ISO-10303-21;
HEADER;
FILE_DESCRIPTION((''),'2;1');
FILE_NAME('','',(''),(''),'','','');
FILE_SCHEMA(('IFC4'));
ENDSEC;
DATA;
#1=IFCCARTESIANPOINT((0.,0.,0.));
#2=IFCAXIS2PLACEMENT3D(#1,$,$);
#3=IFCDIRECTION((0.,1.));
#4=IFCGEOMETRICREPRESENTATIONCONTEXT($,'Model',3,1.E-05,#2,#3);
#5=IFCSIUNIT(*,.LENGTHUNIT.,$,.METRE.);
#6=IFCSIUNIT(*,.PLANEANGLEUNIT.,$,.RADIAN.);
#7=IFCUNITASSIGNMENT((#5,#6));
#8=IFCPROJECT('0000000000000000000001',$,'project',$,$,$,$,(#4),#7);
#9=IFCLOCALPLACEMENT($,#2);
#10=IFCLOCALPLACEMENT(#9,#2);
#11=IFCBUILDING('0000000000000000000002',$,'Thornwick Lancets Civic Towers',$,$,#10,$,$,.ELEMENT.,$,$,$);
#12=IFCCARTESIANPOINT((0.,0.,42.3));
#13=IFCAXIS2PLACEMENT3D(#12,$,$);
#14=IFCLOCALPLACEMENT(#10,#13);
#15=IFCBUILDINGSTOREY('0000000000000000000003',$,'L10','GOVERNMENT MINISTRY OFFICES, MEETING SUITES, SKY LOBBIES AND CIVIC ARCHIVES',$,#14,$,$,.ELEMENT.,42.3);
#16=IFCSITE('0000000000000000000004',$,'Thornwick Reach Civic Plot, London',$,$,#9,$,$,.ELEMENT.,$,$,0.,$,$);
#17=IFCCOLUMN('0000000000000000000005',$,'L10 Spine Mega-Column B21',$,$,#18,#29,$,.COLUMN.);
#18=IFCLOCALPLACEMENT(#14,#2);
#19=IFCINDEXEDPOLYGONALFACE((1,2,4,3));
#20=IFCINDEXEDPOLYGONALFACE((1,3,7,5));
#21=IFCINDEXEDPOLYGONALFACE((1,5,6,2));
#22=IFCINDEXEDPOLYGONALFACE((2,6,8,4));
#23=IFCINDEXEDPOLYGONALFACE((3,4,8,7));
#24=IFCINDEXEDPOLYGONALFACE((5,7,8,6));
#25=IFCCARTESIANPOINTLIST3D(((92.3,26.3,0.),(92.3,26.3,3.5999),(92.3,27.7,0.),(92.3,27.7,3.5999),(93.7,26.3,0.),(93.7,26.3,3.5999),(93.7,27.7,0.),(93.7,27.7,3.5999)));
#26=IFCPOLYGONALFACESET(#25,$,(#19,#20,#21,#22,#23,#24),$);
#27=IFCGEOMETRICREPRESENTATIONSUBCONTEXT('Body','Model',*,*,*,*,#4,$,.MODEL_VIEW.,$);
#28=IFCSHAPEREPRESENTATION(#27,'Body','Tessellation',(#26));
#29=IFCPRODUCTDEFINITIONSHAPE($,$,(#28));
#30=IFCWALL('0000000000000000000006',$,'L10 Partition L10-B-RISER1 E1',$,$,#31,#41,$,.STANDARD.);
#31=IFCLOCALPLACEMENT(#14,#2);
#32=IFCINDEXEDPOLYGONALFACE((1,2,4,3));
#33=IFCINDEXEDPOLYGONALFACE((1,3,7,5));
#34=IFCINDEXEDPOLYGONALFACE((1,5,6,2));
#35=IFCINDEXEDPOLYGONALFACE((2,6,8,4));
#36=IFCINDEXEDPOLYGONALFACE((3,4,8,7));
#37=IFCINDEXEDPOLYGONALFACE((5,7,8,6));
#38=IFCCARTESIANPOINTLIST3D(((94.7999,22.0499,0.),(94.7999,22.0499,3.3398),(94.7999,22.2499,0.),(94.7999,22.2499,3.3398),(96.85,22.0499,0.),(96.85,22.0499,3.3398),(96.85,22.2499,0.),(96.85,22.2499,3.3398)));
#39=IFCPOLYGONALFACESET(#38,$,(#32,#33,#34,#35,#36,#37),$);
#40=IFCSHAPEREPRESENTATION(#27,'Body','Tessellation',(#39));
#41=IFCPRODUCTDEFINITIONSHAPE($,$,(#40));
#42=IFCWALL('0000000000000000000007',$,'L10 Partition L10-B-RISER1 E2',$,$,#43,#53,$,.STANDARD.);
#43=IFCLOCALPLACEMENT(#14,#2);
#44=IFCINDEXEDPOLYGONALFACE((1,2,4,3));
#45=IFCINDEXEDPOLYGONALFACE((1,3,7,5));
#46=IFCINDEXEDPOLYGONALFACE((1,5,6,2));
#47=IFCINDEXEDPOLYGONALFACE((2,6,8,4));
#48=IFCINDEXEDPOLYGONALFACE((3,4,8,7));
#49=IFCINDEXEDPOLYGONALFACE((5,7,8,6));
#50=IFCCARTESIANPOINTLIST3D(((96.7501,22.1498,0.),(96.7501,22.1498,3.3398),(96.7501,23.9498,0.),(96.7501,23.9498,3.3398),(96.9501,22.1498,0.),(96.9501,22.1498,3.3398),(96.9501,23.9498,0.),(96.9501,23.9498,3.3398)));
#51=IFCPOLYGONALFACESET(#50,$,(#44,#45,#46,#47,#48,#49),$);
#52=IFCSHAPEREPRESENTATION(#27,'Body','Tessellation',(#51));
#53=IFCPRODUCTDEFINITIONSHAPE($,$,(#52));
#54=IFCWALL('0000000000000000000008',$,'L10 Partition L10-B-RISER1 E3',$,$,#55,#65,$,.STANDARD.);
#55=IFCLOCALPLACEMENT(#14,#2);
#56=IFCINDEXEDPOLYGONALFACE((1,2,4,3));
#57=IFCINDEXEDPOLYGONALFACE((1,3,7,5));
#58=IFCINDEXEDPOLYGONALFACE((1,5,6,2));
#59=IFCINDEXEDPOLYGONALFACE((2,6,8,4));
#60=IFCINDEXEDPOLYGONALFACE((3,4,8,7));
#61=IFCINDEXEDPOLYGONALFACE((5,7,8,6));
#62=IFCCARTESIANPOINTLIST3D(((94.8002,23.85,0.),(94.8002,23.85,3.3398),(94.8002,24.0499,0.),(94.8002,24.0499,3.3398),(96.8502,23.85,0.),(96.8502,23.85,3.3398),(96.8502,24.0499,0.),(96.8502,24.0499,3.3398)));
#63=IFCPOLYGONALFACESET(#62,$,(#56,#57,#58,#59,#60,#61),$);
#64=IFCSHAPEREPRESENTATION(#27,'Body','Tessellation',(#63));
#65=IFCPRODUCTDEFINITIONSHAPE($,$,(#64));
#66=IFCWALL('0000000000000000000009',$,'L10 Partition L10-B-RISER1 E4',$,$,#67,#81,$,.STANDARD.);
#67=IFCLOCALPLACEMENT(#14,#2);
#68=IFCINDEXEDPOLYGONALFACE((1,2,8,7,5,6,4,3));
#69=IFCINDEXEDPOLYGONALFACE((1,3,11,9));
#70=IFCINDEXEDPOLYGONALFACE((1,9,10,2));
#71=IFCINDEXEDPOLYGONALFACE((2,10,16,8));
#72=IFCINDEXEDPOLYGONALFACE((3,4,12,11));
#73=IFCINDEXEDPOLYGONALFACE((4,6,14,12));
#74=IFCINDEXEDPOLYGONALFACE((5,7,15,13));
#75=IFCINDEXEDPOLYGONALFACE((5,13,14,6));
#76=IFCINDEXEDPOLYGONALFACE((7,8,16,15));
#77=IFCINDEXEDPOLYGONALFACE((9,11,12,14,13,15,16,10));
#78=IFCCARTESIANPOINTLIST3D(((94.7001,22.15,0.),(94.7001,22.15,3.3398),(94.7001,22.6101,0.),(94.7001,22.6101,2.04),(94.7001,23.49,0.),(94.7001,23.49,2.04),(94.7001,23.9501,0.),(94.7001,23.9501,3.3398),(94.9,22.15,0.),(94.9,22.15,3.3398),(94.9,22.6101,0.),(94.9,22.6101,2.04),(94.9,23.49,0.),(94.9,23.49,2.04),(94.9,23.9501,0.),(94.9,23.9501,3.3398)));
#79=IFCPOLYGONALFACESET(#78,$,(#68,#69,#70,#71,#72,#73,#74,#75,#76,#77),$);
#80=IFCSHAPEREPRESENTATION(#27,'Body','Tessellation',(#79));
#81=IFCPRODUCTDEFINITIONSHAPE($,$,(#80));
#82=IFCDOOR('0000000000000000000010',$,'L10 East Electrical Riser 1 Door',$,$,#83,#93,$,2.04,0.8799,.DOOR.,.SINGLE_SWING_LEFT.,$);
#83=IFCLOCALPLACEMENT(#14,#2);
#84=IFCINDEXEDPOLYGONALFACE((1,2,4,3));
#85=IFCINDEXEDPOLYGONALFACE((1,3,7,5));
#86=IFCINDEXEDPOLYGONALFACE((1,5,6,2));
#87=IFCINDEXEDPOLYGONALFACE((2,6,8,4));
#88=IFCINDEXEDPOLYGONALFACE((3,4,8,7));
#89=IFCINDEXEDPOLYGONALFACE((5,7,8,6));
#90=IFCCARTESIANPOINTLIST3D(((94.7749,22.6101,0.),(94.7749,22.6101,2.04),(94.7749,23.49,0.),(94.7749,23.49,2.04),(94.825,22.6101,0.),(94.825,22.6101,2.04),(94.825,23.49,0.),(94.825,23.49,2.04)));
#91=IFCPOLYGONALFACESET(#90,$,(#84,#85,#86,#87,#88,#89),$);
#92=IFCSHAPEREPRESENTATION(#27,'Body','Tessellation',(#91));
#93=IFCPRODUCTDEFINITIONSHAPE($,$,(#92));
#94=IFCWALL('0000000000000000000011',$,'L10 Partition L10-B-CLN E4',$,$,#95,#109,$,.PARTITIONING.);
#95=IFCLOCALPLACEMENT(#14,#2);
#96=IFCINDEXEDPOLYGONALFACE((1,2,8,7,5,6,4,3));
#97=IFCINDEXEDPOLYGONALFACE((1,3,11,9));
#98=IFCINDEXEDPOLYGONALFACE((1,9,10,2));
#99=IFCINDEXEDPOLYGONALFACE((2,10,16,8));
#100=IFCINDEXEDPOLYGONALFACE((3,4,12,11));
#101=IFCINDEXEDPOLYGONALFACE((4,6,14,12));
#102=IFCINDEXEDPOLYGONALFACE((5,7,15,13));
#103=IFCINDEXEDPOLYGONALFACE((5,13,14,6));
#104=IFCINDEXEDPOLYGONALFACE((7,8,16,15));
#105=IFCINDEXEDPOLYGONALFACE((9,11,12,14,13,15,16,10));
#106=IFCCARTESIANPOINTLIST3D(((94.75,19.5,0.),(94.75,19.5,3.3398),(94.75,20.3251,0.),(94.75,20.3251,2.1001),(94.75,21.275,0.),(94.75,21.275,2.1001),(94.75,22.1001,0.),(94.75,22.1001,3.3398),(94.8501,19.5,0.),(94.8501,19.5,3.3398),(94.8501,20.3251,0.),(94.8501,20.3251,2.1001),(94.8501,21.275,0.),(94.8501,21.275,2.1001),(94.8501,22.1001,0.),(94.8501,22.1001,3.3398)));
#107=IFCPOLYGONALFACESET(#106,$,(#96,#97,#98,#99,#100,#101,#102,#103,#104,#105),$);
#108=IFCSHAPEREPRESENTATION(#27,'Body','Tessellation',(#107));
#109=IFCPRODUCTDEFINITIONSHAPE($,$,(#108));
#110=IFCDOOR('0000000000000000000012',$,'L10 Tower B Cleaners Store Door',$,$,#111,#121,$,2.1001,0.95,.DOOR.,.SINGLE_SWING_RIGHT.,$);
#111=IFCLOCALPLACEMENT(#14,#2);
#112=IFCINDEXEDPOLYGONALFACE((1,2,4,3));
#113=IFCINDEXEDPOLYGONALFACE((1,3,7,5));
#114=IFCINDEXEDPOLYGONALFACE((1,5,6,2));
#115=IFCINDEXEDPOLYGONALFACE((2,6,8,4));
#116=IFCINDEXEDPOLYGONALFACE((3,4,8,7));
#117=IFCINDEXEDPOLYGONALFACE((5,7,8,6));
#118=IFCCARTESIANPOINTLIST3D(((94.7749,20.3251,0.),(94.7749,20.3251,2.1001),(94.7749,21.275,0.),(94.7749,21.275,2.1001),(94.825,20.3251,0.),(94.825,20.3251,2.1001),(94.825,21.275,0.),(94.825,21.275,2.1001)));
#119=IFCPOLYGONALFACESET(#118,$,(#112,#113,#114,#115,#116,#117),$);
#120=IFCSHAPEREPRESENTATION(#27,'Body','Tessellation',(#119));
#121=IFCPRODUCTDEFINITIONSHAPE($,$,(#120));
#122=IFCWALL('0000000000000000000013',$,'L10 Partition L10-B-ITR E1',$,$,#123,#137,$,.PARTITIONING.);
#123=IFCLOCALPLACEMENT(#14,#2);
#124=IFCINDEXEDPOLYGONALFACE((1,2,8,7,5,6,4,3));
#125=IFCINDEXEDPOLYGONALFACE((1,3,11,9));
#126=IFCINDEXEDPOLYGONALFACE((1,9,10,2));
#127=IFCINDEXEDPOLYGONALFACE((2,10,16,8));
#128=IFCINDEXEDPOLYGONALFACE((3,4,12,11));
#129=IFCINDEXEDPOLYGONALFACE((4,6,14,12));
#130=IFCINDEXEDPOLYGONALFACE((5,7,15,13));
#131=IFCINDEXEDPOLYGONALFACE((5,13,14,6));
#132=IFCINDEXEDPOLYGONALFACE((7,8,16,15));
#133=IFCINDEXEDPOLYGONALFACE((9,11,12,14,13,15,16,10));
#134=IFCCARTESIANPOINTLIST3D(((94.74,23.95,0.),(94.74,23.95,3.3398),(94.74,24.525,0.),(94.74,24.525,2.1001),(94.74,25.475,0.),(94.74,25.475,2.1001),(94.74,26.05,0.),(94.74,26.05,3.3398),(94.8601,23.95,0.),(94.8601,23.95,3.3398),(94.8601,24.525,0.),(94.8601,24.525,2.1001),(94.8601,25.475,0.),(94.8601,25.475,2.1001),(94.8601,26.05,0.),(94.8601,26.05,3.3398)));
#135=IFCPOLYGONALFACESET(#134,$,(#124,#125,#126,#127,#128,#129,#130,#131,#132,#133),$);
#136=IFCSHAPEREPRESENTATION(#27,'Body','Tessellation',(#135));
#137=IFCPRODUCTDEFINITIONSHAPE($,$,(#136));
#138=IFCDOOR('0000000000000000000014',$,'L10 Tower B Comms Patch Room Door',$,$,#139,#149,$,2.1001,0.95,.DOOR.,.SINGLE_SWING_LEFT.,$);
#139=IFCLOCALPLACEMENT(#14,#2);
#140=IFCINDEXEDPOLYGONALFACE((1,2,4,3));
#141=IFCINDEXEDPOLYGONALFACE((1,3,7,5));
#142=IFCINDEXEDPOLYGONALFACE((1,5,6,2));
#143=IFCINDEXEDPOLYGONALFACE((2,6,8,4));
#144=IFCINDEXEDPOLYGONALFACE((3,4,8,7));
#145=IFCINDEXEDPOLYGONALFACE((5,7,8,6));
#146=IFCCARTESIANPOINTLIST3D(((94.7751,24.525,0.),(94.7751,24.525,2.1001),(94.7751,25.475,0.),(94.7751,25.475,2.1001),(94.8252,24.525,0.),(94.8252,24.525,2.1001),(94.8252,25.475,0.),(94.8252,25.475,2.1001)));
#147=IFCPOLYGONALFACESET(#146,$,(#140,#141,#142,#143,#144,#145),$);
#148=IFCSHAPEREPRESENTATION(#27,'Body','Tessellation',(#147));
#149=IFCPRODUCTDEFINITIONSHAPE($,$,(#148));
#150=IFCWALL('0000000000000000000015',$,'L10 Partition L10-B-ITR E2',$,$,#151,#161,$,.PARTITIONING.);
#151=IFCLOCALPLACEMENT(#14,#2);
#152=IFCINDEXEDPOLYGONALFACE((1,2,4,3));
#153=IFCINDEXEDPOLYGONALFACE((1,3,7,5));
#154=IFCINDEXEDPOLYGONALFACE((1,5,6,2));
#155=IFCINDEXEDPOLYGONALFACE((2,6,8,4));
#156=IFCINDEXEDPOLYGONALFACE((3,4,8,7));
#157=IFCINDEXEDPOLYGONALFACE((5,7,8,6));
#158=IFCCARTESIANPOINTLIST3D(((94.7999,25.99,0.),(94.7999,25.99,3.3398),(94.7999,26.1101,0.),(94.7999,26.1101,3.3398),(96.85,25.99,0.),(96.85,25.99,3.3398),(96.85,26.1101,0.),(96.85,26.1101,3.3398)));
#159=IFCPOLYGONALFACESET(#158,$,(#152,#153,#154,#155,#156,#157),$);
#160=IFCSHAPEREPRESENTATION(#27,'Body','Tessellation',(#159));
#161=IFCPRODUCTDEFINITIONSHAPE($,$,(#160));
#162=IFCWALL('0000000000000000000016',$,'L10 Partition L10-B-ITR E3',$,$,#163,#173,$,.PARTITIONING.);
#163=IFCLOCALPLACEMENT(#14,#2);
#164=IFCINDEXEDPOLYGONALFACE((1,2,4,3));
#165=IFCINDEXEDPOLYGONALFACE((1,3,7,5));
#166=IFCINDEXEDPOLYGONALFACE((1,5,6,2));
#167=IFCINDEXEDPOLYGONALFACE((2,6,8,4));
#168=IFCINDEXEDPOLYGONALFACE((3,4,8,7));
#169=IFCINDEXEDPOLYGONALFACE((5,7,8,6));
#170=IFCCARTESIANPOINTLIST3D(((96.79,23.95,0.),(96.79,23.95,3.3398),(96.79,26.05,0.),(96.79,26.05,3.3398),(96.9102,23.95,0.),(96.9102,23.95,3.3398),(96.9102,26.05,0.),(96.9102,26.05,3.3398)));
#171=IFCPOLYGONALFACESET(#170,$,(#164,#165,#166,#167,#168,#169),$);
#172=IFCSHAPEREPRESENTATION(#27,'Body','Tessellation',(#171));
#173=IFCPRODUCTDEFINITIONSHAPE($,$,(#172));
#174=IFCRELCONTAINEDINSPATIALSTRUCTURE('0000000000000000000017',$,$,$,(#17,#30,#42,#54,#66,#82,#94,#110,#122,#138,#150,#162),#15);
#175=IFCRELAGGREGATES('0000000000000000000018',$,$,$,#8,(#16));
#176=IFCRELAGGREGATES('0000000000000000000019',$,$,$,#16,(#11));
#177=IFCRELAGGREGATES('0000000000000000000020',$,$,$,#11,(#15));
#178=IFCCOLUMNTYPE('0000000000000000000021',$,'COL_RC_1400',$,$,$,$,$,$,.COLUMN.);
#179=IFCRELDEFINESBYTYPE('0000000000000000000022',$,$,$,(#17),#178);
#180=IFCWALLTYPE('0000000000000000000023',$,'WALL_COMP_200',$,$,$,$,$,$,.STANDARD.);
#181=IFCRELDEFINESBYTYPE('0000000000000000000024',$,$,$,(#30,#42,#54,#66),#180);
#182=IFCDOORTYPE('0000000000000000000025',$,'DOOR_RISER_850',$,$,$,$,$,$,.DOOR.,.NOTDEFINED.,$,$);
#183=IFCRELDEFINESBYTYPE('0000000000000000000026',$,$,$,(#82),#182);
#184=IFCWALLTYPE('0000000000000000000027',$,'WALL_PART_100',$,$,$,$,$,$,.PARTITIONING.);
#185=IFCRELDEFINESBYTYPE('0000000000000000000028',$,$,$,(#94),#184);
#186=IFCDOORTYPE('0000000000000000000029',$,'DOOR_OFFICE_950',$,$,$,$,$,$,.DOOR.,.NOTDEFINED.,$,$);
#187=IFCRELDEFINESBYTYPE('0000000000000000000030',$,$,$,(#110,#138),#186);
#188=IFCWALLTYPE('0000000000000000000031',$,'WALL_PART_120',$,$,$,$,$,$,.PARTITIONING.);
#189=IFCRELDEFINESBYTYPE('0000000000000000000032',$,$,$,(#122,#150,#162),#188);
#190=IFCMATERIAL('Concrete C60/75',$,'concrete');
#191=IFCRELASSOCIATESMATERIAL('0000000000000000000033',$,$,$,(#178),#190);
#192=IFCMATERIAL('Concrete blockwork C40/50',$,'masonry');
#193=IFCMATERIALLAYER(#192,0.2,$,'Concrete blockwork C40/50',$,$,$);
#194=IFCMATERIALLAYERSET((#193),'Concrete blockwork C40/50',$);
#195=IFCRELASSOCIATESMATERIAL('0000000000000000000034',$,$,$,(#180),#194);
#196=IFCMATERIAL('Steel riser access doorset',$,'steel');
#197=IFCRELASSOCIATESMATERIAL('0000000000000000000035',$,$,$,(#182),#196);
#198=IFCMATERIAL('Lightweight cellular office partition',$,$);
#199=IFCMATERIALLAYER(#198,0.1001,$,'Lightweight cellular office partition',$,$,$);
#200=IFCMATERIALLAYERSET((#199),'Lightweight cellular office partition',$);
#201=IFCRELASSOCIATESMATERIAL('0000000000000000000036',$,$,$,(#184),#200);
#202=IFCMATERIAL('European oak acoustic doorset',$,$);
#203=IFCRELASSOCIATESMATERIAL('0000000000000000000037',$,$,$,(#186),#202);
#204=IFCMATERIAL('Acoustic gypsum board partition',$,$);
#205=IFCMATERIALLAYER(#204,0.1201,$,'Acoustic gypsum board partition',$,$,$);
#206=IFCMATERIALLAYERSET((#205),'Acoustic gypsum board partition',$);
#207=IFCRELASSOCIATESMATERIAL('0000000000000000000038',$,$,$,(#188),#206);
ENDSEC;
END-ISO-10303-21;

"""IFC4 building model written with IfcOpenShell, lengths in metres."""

from ifc_helpers import new_model, si_unit, direction, frame, frame_2d, origin, origin_2d, place, context, subcontext, project, spatial, rectangle, extrude, material, layer, layer_set, material_profile, profile_set, type_object, element, fill, save


model = new_model("IFC4")

# Units and contexts
model_context = context("Model", 3, precision=1e-05, world=origin(), true_north=direction((0.0, 1.0)))
body_context = subcontext(model_context, "Body", "Model", "MODEL_VIEW")
ifc_project = project(units=[si_unit("LENGTHUNIT", "METRE"), si_unit("PLANEANGLEUNIT", "RADIAN")], contexts=[model_context])

# Site, building, storey
site_placement = place(None, origin())
site = spatial("IfcSite", under=ifc_project, at=site_placement, Name="Thornwick Reach Civic Plot, London", CompositionType="ELEMENT", RefElevation=0.0)
building_placement = place(site_placement, origin())
building = spatial("IfcBuilding", under=site, at=building_placement, Name="Thornwick Lancets Civic Towers", CompositionType="ELEMENT")
storey_placement = place(building_placement, frame((0.0, 0.0, 42.3)))
storey = spatial("IfcBuildingStorey", under=building, at=storey_placement, Name="L10", Description="GOVERNMENT MINISTRY OFFICES, MEETING SUITES, SKY LOBBIES AND CIVIC ARCHIVES", CompositionType="ELEMENT", Elevation=42.3)

# Column
ifc_material_1 = material(Name="Concrete C60/75", Category="concrete")
ifc_material_profile = material_profile(ifc_material_1, rectangle(XDim=1.3999, YDim=1.3999, at=origin_2d()), Name="RC 1400x1400")
ifc_profile_set = profile_set([ifc_material_profile], Name="Concrete C60/75")
column_type = type_object("IfcColumnType", Name="COL_RC_1400", PredefinedType="COLUMN", material=ifc_profile_set)
column_placement = place(storey_placement, frame((93.0, 27.0, 0.0), z_axis=(0.0, 0.0, 1.0), x_axis=(1.0, 0.0, 0.0)))
element("IfcColumn", 1, at=column_placement, inside=storey, type_object=column_type, Name="L10 Spine Mega-Column B21", PredefinedType="COLUMN", context=body_context, shape_type="SweptSolid", body=[
    extrude(rectangle(XDim=1.3999, YDim=1.3999, at=origin_2d()), origin(), (0.0, 0.0, 1.0), 3.5999),
])

# Walls
ifc_material_2 = material(Name="Concrete blockwork C40/50", Category="masonry")
ifc_layer_1 = layer(ifc_material_2, 0.2, Name="Concrete blockwork C40/50")
ifc_layer_set_1 = layer_set([ifc_layer_1], Name="Concrete blockwork C40/50")
wall_type_1 = type_object("IfcWallType", Name="WALL_COMP_200", PredefinedType="STANDARD", material=ifc_layer_set_1)
wall_1_placement = place(storey_placement, frame((94.8, 22.1499, 0.0), z_axis=(0.0, 0.0, 1.0), x_axis=(1.0, 0.0, 0.0)))
element("IfcWall", 2, at=wall_1_placement, inside=storey, type_object=wall_type_1, Name="L10 Partition L10-B-RISER1 E1", PredefinedType="STANDARD", context=body_context, shape_type="SweptSolid", body=[
    extrude(rectangle(XDim=2.05, YDim=0.2, at=frame_2d((1.0249, 0.0))), origin(), (0.0, 0.0, 1.0), 3.3398),
])
wall_2_placement = place(storey_placement, frame((96.8501, 22.1499, 0.0), z_axis=(0.0, 0.0, 1.0), x_axis=(0.0, 1.0, 0.0)))
element("IfcWall", 3, at=wall_2_placement, inside=storey, type_object=wall_type_1, Name="L10 Partition L10-B-RISER1 E2", PredefinedType="STANDARD", context=body_context, shape_type="SweptSolid", body=[
    extrude(rectangle(XDim=1.8, YDim=0.2, at=frame_2d((0.8999, 0.0))), origin(), (0.0, 0.0, 1.0), 3.3398),
])
wall_3_placement = place(storey_placement, frame((96.8501, 23.95, 0.0), z_axis=(0.0, 0.0, 1.0), x_axis=(-1.0, 0.0, 0.0)))
element("IfcWall", 4, at=wall_3_placement, inside=storey, type_object=wall_type_1, Name="L10 Partition L10-B-RISER1 E3", PredefinedType="STANDARD", context=body_context, shape_type="SweptSolid", body=[
    extrude(rectangle(XDim=2.05, YDim=0.2, at=frame_2d((1.0249, 0.0))), origin(), (0.0, 0.0, 1.0), 3.3398),
])

# Walls, openings, doors
wall_4_placement = place(storey_placement, frame((94.8, 23.95, 0.0), z_axis=(0.0, 0.0, 1.0), x_axis=(0.0, -1.0, 0.0)))
wall_4 = element("IfcWall", 5, at=wall_4_placement, inside=storey, type_object=wall_type_1, Name="L10 Partition L10-B-RISER1 E4", PredefinedType="STANDARD", context=body_context, shape_type="SweptSolid", body=[
    extrude(rectangle(XDim=1.8, YDim=0.2, at=frame_2d((0.8999, 0.0))), origin(), (0.0, 0.0, 1.0), 3.3398),
])
opening_1_placement = place(wall_4_placement, frame((0.46, 0.0, 0.0)))
opening_1 = element("IfcOpeningElement", 6, at=opening_1_placement, cuts=wall_4, PredefinedType="OPENING", context=body_context, shape_type="SweptSolid", body=[
    extrude(rectangle(XDim=0.8799, YDim=2.04, at=frame_2d((0.4399, 1.02))), frame((0.0, 0.1099, 0.0), z_axis=(0.0, -1.0, 0.0), x_axis=(1.0, 0.0, 0.0)), (0.0, 0.0, 1.0), 0.22),
])
ifc_material_3 = material(Name="Steel riser access doorset", Category="steel")
door_type_1 = type_object("IfcDoorType", Name="DOOR_RISER_850", OperationType="NOTDEFINED", PredefinedType="DOOR", material=ifc_material_3)
door_1_placement = place(opening_1_placement, origin())
door_1 = element("IfcDoor", 7, at=door_1_placement, inside=storey, type_object=door_type_1, Name="L10 East Electrical Riser 1 Door", OperationType="SINGLE_SWING_LEFT", OverallHeight=2.04, OverallWidth=0.8799, PredefinedType="DOOR", context=body_context, shape_type="SweptSolid", body=[
    extrude(rectangle(XDim=0.8799, YDim=2.04, at=frame_2d((0.4399, 1.02))), frame((0.0, 0.0249, 0.0), z_axis=(0.0, -1.0, 0.0), x_axis=(1.0, 0.0, 0.0)), (0.0, 0.0, 1.0), 0.05),
])
fill(opening_1, door_1)
ifc_material_4 = material(Name="Lightweight cellular office partition")
ifc_layer_2 = layer(ifc_material_4, 0.1001, Name="Lightweight cellular office partition")
ifc_layer_set_2 = layer_set([ifc_layer_2], Name="Lightweight cellular office partition")
wall_type_2 = type_object("IfcWallType", Name="WALL_PART_100", PredefinedType="PARTITIONING", material=ifc_layer_set_2)
wall_5_placement = place(storey_placement, frame((94.8, 22.1001, 0.0), z_axis=(0.0, 0.0, 1.0), x_axis=(0.0, -1.0, 0.0)))
wall_5 = element("IfcWall", 8, at=wall_5_placement, inside=storey, type_object=wall_type_2, Name="L10 Partition L10-B-CLN E4", PredefinedType="PARTITIONING", context=body_context, shape_type="SweptSolid", body=[
    extrude(rectangle(XDim=2.6001, YDim=0.1001, at=frame_2d((1.3, 0.0))), origin(), (0.0, 0.0, 1.0), 3.3398),
])
opening_2_placement = place(wall_5_placement, frame((0.825, 0.0, 0.0)))
opening_2 = element("IfcOpeningElement", 9, at=opening_2_placement, cuts=wall_5, PredefinedType="OPENING", context=body_context, shape_type="SweptSolid", body=[
    extrude(rectangle(XDim=0.95, YDim=2.1001, at=frame_2d((0.4751, 1.05))), frame((0.0, 0.0601, 0.0), z_axis=(0.0, -1.0, 0.0), x_axis=(1.0, 0.0, 0.0)), (0.0, 0.0, 1.0), 0.1201),
])
ifc_material_5 = material(Name="European oak acoustic doorset")
door_type_2 = type_object("IfcDoorType", Name="DOOR_OFFICE_950", OperationType="NOTDEFINED", PredefinedType="DOOR", material=ifc_material_5)
door_2_placement = place(opening_2_placement, origin())
door_2 = element("IfcDoor", 10, at=door_2_placement, inside=storey, type_object=door_type_2, Name="L10 Tower B Cleaners Store Door", OperationType="SINGLE_SWING_RIGHT", OverallHeight=2.1001, OverallWidth=0.95, PredefinedType="DOOR", context=body_context, shape_type="SweptSolid", body=[
    extrude(rectangle(XDim=0.95, YDim=2.1001, at=frame_2d((0.4751, 1.05))), frame((0.0, 0.0249, 0.0), z_axis=(0.0, -1.0, 0.0), x_axis=(1.0, 0.0, 0.0)), (0.0, 0.0, 1.0), 0.05),
])
fill(opening_2, door_2)
ifc_material_6 = material(Name="Acoustic gypsum board partition")
ifc_layer_3 = layer(ifc_material_6, 0.1201, Name="Acoustic gypsum board partition")
ifc_layer_set_3 = layer_set([ifc_layer_3], Name="Acoustic gypsum board partition")
wall_type_3 = type_object("IfcWallType", Name="WALL_PART_120", PredefinedType="PARTITIONING", material=ifc_layer_set_3)
wall_6_placement = place(storey_placement, frame((94.8, 23.95, 0.0), z_axis=(0.0, 0.0, 1.0), x_axis=(0.0, 1.0, 0.0)))
wall_6 = element("IfcWall", 11, at=wall_6_placement, inside=storey, type_object=wall_type_3, Name="L10 Partition L10-B-ITR E1", PredefinedType="PARTITIONING", context=body_context, shape_type="SweptSolid", body=[
    extrude(rectangle(XDim=2.1001, YDim=0.1201, at=frame_2d((1.05, 0.0))), origin(), (0.0, 0.0, 1.0), 3.3398),
])
opening_3_placement = place(wall_6_placement, frame((0.575, 0.0, 0.0)))
opening_3 = element("IfcOpeningElement", 12, at=opening_3_placement, cuts=wall_6, PredefinedType="OPENING", context=body_context, shape_type="SweptSolid", body=[
    extrude(rectangle(XDim=0.95, YDim=2.1001, at=frame_2d((0.4751, 1.05))), frame((0.0, 0.0701, 0.0), z_axis=(0.0, -1.0, 0.0), x_axis=(1.0, 0.0, 0.0)), (0.0, 0.0, 1.0), 0.1401),
])
door_3_placement = place(opening_3_placement, origin())
door_3 = element("IfcDoor", 13, at=door_3_placement, inside=storey, type_object=door_type_2, Name="L10 Tower B Comms Patch Room Door", OperationType="SINGLE_SWING_LEFT", OverallHeight=2.1001, OverallWidth=0.95, PredefinedType="DOOR", context=body_context, shape_type="SweptSolid", body=[
    extrude(rectangle(XDim=0.95, YDim=2.1001, at=frame_2d((0.4751, 1.05))), frame((0.0, 0.0249, 0.0), z_axis=(0.0, -1.0, 0.0), x_axis=(1.0, 0.0, 0.0)), (0.0, 0.0, 1.0), 0.05),
])
fill(opening_3, door_3)

# Walls
wall_7_placement = place(storey_placement, frame((94.8, 26.05, 0.0), z_axis=(0.0, 0.0, 1.0), x_axis=(1.0, 0.0, 0.0)))
element("IfcWall", 14, at=wall_7_placement, inside=storey, type_object=wall_type_3, Name="L10 Partition L10-B-ITR E2", PredefinedType="PARTITIONING", context=body_context, shape_type="SweptSolid", body=[
    extrude(rectangle(XDim=2.05, YDim=0.1201, at=frame_2d((1.0249, 0.0))), origin(), (0.0, 0.0, 1.0), 3.3398),
])
wall_8_placement = place(storey_placement, frame((96.8501, 26.05, 0.0), z_axis=(0.0, 0.0, 1.0), x_axis=(0.0, -1.0, 0.0)))
element("IfcWall", 15, at=wall_8_placement, inside=storey, type_object=wall_type_3, Name="L10 Partition L10-B-ITR E3", PredefinedType="PARTITIONING", context=body_context, shape_type="SweptSolid", body=[
    extrude(rectangle(XDim=2.1001, YDim=0.1201, at=frame_2d((1.05, 0.0))), origin(), (0.0, 0.0, 1.0), 3.3398),
])

save(model, "model.ifc")
